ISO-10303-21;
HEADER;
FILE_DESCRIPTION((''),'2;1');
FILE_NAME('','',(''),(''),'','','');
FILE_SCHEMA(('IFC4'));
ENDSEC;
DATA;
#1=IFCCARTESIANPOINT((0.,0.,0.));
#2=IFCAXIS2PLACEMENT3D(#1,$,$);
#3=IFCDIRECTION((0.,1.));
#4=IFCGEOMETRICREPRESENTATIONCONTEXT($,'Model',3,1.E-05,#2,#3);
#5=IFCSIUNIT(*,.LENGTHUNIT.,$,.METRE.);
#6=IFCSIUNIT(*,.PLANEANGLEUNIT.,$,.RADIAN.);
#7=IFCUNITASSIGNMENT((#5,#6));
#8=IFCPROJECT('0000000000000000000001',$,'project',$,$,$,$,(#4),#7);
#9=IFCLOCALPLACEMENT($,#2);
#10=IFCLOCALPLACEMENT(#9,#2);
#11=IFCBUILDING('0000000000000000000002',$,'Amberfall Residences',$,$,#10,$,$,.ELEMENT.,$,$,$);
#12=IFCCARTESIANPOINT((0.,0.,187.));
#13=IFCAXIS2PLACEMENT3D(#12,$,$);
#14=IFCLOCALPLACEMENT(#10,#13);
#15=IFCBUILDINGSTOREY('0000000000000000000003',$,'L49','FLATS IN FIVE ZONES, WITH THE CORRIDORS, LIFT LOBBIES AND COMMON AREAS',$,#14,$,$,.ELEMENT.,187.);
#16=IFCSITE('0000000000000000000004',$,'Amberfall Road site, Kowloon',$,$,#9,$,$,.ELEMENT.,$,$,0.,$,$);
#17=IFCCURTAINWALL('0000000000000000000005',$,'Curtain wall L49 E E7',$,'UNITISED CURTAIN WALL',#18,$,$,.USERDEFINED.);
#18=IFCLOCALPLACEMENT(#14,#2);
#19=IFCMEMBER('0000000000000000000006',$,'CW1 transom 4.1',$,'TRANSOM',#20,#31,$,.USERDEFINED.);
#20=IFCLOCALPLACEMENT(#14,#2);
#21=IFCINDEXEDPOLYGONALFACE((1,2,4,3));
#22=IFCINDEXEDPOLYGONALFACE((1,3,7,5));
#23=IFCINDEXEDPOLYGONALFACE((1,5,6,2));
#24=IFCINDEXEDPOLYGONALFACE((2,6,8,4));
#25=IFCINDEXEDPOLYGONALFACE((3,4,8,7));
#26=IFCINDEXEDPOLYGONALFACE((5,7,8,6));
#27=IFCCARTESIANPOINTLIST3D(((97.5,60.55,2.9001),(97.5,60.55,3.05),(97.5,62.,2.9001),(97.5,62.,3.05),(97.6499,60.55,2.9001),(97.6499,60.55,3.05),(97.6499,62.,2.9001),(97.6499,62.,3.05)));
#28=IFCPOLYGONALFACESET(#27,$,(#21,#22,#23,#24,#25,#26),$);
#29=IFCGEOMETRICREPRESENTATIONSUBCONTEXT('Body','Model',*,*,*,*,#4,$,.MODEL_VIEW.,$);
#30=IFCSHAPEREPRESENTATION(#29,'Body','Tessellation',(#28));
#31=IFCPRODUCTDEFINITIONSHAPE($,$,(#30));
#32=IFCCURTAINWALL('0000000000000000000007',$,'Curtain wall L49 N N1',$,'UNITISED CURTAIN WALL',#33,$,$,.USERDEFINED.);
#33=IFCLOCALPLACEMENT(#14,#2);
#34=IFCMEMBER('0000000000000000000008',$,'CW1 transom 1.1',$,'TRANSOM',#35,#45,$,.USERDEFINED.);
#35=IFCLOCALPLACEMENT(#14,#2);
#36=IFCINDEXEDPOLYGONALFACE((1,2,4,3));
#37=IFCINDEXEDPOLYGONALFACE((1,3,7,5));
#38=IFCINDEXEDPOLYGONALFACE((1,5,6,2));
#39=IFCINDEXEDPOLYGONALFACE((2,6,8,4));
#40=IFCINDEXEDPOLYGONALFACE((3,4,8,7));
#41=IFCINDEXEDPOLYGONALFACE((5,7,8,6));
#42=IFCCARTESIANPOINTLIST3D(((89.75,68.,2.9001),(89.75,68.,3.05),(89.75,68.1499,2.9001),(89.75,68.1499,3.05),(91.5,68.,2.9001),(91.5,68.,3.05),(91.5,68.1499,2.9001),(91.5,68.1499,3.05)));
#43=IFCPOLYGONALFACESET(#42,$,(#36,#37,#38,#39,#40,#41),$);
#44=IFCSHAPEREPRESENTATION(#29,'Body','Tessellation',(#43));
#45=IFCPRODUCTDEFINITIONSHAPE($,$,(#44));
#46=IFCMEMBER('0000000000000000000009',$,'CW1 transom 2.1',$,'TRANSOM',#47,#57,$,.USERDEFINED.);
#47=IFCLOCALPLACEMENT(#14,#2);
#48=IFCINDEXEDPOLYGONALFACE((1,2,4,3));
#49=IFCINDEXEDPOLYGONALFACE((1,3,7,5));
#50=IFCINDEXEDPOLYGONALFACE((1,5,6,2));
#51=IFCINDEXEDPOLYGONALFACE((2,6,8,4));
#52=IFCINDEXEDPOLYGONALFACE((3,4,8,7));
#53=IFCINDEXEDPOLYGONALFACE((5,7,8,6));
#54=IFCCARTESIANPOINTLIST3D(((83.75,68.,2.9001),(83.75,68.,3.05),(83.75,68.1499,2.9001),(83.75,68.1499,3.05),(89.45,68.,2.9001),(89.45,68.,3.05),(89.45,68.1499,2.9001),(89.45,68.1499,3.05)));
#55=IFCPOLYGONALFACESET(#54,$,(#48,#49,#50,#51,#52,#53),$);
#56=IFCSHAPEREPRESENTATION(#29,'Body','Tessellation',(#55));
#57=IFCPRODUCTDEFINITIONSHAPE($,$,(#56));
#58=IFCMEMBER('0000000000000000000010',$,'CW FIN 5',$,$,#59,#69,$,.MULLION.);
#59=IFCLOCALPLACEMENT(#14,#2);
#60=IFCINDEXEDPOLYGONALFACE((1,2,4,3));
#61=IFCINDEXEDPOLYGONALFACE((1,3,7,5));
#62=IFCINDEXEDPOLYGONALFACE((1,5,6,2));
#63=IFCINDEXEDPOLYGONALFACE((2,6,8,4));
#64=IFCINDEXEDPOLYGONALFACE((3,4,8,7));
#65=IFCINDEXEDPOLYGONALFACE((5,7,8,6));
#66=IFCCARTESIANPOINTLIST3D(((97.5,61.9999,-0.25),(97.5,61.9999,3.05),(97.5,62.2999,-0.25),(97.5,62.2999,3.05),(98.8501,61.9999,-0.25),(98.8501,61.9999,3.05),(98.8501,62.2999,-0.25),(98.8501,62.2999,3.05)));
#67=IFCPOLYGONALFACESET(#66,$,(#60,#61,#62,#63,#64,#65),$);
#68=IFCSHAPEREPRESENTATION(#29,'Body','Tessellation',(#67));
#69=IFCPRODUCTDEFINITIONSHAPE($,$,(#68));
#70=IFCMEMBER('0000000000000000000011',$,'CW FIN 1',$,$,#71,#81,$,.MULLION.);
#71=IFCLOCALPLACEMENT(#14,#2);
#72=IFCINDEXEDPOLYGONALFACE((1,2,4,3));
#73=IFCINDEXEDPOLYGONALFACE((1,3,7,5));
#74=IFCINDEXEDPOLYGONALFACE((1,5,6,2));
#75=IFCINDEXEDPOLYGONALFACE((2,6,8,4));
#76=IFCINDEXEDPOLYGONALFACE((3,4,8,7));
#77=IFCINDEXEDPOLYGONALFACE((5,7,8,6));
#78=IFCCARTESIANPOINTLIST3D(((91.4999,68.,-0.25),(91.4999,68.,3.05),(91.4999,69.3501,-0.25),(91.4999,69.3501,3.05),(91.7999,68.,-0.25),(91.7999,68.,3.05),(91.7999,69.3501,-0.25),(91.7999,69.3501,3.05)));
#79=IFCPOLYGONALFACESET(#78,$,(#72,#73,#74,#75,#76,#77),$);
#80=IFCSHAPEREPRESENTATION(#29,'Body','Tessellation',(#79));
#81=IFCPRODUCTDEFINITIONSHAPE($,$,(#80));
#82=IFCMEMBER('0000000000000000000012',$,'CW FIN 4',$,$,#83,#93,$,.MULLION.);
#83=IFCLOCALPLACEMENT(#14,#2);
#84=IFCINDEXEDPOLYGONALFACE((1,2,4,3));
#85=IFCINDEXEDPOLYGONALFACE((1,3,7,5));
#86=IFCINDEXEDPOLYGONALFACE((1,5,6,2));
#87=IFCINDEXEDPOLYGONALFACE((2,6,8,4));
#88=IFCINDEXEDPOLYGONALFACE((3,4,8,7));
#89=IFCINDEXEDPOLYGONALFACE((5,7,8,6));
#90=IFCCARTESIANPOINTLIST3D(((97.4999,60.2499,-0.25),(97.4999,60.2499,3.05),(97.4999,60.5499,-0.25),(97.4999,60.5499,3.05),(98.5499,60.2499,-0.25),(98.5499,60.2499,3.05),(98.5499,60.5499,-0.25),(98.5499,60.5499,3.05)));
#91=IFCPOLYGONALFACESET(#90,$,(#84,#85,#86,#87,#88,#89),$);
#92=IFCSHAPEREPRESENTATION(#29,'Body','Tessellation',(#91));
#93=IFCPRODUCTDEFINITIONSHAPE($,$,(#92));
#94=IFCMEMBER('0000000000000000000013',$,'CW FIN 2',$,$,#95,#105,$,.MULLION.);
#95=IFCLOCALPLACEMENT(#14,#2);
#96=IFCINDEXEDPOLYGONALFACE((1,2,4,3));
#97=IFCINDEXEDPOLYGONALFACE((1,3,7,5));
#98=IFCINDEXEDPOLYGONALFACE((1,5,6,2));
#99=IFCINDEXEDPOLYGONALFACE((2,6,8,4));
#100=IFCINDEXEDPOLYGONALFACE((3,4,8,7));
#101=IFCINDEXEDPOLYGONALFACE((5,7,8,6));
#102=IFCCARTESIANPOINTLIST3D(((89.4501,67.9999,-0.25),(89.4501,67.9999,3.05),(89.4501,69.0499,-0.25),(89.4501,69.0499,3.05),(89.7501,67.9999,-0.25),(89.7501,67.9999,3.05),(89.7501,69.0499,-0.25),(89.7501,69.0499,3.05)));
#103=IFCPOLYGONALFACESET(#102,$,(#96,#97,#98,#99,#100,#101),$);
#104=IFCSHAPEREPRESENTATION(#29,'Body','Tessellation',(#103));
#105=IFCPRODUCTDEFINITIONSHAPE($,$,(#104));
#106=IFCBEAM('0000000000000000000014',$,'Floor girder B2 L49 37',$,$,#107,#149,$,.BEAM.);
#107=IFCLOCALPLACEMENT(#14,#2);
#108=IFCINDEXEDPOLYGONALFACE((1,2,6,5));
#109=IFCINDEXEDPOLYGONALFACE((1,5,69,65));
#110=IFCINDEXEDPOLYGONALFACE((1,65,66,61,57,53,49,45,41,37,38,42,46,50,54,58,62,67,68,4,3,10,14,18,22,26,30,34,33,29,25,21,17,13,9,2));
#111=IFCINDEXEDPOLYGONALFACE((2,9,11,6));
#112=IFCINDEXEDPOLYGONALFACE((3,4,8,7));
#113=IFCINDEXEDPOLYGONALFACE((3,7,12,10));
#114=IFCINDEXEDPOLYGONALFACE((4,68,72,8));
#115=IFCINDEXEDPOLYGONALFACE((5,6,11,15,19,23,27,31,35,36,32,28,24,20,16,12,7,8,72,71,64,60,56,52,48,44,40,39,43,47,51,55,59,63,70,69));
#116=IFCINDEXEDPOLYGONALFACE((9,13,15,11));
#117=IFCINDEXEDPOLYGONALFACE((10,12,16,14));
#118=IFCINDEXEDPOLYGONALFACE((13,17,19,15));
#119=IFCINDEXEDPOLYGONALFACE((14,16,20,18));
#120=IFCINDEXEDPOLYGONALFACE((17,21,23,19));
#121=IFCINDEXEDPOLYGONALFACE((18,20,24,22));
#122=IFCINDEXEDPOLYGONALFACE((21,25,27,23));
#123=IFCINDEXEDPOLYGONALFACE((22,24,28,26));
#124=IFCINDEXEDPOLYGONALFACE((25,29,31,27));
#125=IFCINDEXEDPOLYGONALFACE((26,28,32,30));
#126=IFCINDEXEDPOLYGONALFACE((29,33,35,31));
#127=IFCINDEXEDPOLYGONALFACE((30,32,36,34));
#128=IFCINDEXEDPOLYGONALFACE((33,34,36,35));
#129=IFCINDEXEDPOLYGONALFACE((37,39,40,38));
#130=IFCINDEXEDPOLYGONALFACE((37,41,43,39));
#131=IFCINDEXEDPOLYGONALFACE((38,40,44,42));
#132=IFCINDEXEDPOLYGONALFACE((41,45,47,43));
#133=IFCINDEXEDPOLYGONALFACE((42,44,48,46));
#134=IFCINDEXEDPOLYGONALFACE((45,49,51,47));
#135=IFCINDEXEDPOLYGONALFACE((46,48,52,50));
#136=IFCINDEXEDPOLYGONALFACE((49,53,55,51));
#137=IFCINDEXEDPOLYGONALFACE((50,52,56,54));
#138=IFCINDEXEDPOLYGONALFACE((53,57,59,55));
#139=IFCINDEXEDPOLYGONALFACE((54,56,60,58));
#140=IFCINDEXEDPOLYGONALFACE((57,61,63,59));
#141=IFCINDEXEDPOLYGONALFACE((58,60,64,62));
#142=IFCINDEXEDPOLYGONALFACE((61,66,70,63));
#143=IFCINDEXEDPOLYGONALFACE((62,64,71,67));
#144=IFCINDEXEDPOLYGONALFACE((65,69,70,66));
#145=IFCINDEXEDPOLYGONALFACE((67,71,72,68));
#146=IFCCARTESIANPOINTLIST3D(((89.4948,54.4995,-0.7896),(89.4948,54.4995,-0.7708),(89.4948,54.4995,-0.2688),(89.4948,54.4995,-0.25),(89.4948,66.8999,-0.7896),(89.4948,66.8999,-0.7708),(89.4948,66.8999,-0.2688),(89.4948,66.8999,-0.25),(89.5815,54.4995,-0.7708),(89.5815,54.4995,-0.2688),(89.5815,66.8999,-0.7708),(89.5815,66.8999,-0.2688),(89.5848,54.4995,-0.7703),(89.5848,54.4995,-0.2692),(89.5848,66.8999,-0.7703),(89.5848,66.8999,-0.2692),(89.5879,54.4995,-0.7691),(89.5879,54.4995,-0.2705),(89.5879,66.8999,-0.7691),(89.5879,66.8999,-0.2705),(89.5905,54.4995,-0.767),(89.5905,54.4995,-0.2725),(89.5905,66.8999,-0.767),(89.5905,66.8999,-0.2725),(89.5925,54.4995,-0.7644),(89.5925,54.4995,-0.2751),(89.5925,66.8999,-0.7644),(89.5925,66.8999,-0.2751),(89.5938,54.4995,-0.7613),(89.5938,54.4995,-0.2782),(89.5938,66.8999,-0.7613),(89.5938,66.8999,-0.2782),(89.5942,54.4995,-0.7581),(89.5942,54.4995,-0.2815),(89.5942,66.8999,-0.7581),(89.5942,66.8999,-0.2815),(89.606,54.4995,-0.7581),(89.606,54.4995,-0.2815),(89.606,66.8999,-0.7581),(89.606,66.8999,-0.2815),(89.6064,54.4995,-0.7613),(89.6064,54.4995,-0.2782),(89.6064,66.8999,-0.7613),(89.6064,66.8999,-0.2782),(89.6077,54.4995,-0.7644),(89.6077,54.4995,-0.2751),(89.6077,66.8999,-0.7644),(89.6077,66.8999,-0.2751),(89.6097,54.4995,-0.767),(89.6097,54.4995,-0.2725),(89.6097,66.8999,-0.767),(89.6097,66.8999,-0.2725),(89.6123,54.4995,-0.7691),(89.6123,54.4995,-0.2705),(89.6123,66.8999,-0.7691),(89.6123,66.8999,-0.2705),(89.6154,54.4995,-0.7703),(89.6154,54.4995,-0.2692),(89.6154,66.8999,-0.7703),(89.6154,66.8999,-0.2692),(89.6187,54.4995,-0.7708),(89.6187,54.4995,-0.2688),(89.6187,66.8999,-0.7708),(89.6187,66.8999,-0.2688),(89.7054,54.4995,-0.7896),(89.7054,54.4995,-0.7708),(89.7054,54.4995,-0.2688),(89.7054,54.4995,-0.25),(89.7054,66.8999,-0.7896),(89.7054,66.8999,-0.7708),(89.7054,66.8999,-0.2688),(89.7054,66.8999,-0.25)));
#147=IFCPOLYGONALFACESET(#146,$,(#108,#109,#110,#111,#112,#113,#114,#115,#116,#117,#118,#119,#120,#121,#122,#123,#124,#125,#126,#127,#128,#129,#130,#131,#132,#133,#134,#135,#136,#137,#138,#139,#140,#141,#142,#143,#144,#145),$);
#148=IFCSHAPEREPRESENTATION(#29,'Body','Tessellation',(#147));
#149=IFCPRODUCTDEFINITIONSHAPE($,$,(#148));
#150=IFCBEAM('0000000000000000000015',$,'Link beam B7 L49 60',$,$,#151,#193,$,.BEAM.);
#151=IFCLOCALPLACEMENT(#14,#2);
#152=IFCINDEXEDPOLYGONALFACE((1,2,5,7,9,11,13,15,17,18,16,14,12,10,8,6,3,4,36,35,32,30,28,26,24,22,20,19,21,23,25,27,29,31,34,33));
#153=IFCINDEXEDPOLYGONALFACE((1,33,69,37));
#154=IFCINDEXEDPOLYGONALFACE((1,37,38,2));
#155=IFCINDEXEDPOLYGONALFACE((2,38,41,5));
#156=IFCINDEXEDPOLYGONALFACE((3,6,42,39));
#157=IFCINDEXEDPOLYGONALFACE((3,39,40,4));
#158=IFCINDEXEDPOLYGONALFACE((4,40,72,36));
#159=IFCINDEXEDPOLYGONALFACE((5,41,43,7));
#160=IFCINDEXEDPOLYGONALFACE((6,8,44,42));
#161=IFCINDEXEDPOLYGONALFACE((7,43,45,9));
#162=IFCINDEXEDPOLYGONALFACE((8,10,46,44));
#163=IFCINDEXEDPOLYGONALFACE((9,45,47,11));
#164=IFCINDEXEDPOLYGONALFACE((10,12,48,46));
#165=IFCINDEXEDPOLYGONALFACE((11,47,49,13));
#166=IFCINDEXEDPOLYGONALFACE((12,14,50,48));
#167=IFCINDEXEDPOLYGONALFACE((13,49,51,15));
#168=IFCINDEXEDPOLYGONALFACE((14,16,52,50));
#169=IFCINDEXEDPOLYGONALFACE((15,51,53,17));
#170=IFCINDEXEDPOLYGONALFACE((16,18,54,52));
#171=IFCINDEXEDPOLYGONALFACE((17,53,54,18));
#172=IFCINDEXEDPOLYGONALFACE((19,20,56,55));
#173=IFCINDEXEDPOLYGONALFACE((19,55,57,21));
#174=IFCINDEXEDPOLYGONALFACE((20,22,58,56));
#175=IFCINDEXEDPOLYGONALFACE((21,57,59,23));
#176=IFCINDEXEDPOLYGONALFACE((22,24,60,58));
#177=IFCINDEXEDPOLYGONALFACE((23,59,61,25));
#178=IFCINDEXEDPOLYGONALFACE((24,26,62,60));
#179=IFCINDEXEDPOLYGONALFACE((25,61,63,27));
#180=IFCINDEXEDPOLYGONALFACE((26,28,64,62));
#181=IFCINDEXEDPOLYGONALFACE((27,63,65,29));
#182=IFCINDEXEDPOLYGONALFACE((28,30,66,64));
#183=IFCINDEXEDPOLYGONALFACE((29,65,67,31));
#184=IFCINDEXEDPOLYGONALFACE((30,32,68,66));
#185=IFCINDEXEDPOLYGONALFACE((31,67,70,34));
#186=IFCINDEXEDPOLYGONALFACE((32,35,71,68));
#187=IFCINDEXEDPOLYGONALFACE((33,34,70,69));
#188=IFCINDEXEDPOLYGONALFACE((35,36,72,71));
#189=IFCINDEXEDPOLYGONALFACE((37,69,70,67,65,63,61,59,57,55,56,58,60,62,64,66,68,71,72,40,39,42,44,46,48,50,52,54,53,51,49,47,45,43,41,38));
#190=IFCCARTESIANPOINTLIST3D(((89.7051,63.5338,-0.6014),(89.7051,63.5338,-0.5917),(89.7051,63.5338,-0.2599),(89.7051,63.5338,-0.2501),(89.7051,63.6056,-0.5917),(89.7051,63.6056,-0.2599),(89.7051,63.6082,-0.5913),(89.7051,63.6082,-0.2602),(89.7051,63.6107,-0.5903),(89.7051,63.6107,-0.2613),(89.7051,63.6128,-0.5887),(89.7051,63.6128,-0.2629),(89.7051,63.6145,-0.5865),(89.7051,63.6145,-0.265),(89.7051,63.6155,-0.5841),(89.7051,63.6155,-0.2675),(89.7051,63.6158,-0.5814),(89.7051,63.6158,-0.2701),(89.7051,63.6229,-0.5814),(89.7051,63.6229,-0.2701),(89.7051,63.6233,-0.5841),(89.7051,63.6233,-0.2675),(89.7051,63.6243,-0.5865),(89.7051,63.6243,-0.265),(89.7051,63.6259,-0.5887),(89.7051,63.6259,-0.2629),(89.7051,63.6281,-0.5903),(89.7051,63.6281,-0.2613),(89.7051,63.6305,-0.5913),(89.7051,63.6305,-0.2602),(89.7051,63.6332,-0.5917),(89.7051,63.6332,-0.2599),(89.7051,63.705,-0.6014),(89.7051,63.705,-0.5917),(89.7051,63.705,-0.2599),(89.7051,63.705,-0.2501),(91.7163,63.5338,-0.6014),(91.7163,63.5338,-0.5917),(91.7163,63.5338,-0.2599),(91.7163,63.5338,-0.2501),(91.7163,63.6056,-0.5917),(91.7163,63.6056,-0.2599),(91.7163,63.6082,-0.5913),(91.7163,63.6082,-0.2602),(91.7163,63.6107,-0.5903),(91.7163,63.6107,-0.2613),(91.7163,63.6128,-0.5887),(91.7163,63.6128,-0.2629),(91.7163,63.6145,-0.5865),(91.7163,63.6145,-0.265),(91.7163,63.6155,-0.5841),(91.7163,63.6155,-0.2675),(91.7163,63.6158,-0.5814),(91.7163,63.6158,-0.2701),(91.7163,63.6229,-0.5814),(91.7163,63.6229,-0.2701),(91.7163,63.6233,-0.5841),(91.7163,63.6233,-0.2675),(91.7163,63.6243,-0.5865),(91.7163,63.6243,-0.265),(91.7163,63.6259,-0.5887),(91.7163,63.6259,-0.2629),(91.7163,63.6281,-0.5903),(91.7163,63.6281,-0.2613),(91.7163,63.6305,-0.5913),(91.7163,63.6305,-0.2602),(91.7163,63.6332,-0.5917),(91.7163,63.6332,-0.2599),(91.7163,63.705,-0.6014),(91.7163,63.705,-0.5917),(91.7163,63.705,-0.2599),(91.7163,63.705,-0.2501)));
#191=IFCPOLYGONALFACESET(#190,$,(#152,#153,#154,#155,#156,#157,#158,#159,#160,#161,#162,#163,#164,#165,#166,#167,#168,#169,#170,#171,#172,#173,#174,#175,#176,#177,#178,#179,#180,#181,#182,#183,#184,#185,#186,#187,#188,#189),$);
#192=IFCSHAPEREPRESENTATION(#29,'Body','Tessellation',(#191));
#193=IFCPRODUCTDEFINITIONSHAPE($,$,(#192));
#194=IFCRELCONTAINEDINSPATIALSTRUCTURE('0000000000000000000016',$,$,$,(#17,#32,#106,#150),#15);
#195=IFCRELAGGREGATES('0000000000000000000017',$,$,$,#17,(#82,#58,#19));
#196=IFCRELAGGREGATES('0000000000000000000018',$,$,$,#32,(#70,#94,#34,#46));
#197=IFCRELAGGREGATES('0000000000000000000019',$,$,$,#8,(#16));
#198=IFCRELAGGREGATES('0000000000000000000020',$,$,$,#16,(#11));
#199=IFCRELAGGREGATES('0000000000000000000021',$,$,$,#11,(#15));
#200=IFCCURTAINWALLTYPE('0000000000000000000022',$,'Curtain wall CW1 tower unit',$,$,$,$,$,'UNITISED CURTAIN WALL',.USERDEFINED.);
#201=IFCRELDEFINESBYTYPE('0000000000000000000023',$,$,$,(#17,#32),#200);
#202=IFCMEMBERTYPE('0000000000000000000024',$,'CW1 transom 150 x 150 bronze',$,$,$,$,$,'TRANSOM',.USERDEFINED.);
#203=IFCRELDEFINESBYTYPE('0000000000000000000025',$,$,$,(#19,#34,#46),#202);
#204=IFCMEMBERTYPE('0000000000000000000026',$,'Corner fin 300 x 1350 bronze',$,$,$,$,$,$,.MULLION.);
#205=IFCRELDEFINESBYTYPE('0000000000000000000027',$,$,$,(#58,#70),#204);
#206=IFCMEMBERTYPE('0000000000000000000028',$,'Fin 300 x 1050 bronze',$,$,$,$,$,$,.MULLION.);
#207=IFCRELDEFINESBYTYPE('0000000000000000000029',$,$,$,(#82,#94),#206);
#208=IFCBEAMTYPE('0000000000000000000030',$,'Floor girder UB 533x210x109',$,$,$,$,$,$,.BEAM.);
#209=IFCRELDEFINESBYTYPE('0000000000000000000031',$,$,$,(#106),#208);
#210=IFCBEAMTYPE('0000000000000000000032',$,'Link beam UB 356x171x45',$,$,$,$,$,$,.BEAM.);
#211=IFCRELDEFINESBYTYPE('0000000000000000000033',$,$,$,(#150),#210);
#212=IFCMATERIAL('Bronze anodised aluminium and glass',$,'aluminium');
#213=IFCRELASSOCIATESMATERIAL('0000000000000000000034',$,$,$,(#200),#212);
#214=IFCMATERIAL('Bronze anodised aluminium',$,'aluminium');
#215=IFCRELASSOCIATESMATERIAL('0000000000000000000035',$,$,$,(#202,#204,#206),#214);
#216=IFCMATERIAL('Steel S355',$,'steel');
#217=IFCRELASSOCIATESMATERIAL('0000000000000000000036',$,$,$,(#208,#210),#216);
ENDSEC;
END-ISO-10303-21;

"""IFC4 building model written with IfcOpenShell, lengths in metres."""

from ifc_helpers import new_model, si_unit, direction, frame, origin, origin_2d, place, context, subcontext, project, spatial, rectangle, i_section, extrude, material, material_profile, profile_set, type_object, element, aggregate, save


model = new_model("IFC4")

# Units and contexts
model_context = context("Model", 3, precision=1e-05, world=origin(), true_north=direction((0.0, 1.0)))
body_context = subcontext(model_context, "Body", "Model", "MODEL_VIEW")
ifc_project = project(units=[si_unit("LENGTHUNIT", "METRE"), si_unit("PLANEANGLEUNIT", "RADIAN")], contexts=[model_context])

# Site, building, storey
site_placement = place(None, origin())
site = spatial("IfcSite", under=ifc_project, at=site_placement, Name="Amberfall Road site, Kowloon", CompositionType="ELEMENT", RefElevation=0.0)
building_placement = place(site_placement, origin())
building = spatial("IfcBuilding", under=site, at=building_placement, Name="Amberfall Residences", CompositionType="ELEMENT")
storey_placement = place(building_placement, frame((0.0, 0.0, 187.0)))
storey = spatial("IfcBuildingStorey", under=building, at=storey_placement, Name="L49", Description="FLATS IN FIVE ZONES, WITH THE CORRIDORS, LIFT LOBBIES AND COMMON AREAS", CompositionType="ELEMENT", Elevation=187.0)

# Shared definitions
ifc_material_1 = material(Name="Steel S355", Category="steel")

# Curtain wall, member
ifc_material_2 = material(Name="Bronze anodised aluminium and glass", Category="aluminium")
curtain_wall_type = type_object("IfcCurtainWallType", Name="Curtain wall CW1 tower unit", ElementType="UNITISED CURTAIN WALL", PredefinedType="USERDEFINED", material=ifc_material_2)
curtain_wall_1_placement = place(storey_placement, origin())
curtain_wall_1 = element("IfcCurtainWall", 1, at=curtain_wall_1_placement, inside=storey, type_object=curtain_wall_type, Name="Curtain wall L49 E E7", ObjectType="UNITISED CURTAIN WALL", PredefinedType="USERDEFINED")
ifc_material_3 = material(Name="Bronze anodised aluminium", Category="aluminium")
ifc_material_profile_1 = material_profile(ifc_material_3, rectangle(XDim=0.1499, YDim=0.1499, at=origin_2d()), Name="CW1 transom 150 x 150 bronze")
ifc_profile_set_1 = profile_set([ifc_material_profile_1], Name="Bronze anodised aluminium")
member_type_1 = type_object("IfcMemberType", Name="CW1 transom 150 x 150 bronze", ElementType="TRANSOM", PredefinedType="USERDEFINED", material=ifc_profile_set_1)
member_1_placement = place(storey_placement, frame((97.575, 60.55, 2.9751), z_axis=(0.0, 1.0, 0.0), x_axis=(-1.0, 0.0, 0.0)))
member_1 = element("IfcMember", 2, at=member_1_placement, type_object=member_type_1, Name="CW1 transom 4.1", ObjectType="TRANSOM", PredefinedType="USERDEFINED", context=body_context, shape_type="SweptSolid", body=[
    extrude(rectangle(XDim=0.1499, YDim=0.1499, at=origin_2d()), origin(), (0.0, 0.0, 1.0), 1.45),
])

# Curtain wall, members
curtain_wall_2_placement = place(storey_placement, origin())
curtain_wall_2 = element("IfcCurtainWall", 3, at=curtain_wall_2_placement, inside=storey, type_object=curtain_wall_type, Name="Curtain wall L49 N N1", ObjectType="UNITISED CURTAIN WALL", PredefinedType="USERDEFINED")
member_2_placement = place(storey_placement, frame((91.5, 68.075, 2.9751), z_axis=(-1.0, 0.0, 0.0), x_axis=(0.0, -1.0, 0.0)))
member_2 = element("IfcMember", 4, at=member_2_placement, type_object=member_type_1, Name="CW1 transom 1.1", ObjectType="TRANSOM", PredefinedType="USERDEFINED", context=body_context, shape_type="SweptSolid", body=[
    extrude(rectangle(XDim=0.1499, YDim=0.1499, at=origin_2d()), origin(), (0.0, 0.0, 1.0), 1.75),
])
member_3_placement = place(storey_placement, frame((89.45, 68.075, 2.9751), z_axis=(-1.0, 0.0, 0.0), x_axis=(0.0, -1.0, 0.0)))
member_3 = element("IfcMember", 5, at=member_3_placement, type_object=member_type_1, Name="CW1 transom 2.1", ObjectType="TRANSOM", PredefinedType="USERDEFINED", context=body_context, shape_type="SweptSolid", body=[
    extrude(rectangle(XDim=0.1499, YDim=0.1499, at=origin_2d()), origin(), (0.0, 0.0, 1.0), 5.7),
])

# Members
ifc_material_profile_2 = material_profile(ifc_material_3, rectangle(XDim=1.3501, YDim=0.3, at=origin_2d()), Name="Corner fin 300 x 1350 bronze")
ifc_profile_set_2 = profile_set([ifc_material_profile_2], Name="Bronze anodised aluminium")
member_type_2 = type_object("IfcMemberType", Name="Corner fin 300 x 1350 bronze", PredefinedType="MULLION", material=ifc_profile_set_2)
member_4_placement = place(storey_placement, frame((98.175, 62.1499, -0.25), z_axis=(0.0, 0.0, 1.0), x_axis=(-1.0, 0.0, 0.0)))
member_4 = element("IfcMember", 6, at=member_4_placement, type_object=member_type_2, Name="CW FIN 5", PredefinedType="MULLION", context=body_context, shape_type="SweptSolid", body=[
    extrude(rectangle(XDim=1.3501, YDim=0.3, at=origin_2d()), origin(), (0.0, 0.0, 1.0), 3.3),
])
member_5_placement = place(storey_placement, frame((91.6499, 68.675, -0.25), z_axis=(0.0, 0.0, 1.0), x_axis=(0.0, -1.0, 0.0)))
member_5 = element("IfcMember", 7, at=member_5_placement, type_object=member_type_2, Name="CW FIN 1", PredefinedType="MULLION", context=body_context, shape_type="SweptSolid", body=[
    extrude(rectangle(XDim=1.3501, YDim=0.3, at=origin_2d()), origin(), (0.0, 0.0, 1.0), 3.3),
])
ifc_material_profile_3 = material_profile(ifc_material_3, rectangle(XDim=1.05, YDim=0.3, at=origin_2d()), Name="Fin 300 x 1050 bronze")
ifc_profile_set_3 = profile_set([ifc_material_profile_3], Name="Bronze anodised aluminium")
member_type_3 = type_object("IfcMemberType", Name="Fin 300 x 1050 bronze", PredefinedType="MULLION", material=ifc_profile_set_3)
member_6_placement = place(storey_placement, frame((98.0249, 60.3999, -0.25), z_axis=(0.0, 0.0, 1.0), x_axis=(-1.0, 0.0, 0.0)))
member_6 = element("IfcMember", 8, at=member_6_placement, type_object=member_type_3, Name="CW FIN 4", PredefinedType="MULLION", context=body_context, shape_type="SweptSolid", body=[
    extrude(rectangle(XDim=1.05, YDim=0.3, at=origin_2d()), origin(), (0.0, 0.0, 1.0), 3.3),
])
member_7_placement = place(storey_placement, frame((89.6001, 68.5249, -0.25), z_axis=(0.0, 0.0, 1.0), x_axis=(0.0, -1.0, 0.0)))
member_7 = element("IfcMember", 9, at=member_7_placement, type_object=member_type_3, Name="CW FIN 2", PredefinedType="MULLION", context=body_context, shape_type="SweptSolid", body=[
    extrude(rectangle(XDim=1.05, YDim=0.3, at=origin_2d()), origin(), (0.0, 0.0, 1.0), 3.3),
])

# Beams
ifc_material_profile_4 = material_profile(ifc_material_1, i_section(OverallWidth=0.2107, OverallDepth=0.5396, WebThickness=0.0117, FlangeThickness=0.0188, FilletRadius=0.0127, at=origin_2d()), Name="UB 533x210x109")
ifc_profile_set_4 = profile_set([ifc_material_profile_4], Name="Steel S355")
beam_type_1 = type_object("IfcBeamType", Name="Floor girder UB 533x210x109", PredefinedType="BEAM", material=ifc_profile_set_4)
beam_1_placement = place(storey_placement, frame((89.6001, 66.8999, -0.5198), z_axis=(0.0, -1.0, 0.0), x_axis=(1.0, 0.0, 0.0)))
element("IfcBeam", 10, at=beam_1_placement, inside=storey, type_object=beam_type_1, Name="Floor girder B2 L49 37", PredefinedType="BEAM", context=body_context, shape_type="SweptSolid", body=[
    extrude(i_section(OverallWidth=0.2107, OverallDepth=0.5396, WebThickness=0.0117, FlangeThickness=0.0188, FilletRadius=0.0127, at=origin_2d()), origin(), (0.0, 0.0, 1.0), 12.4004),
])
ifc_material_profile_5 = material_profile(ifc_material_1, i_section(OverallWidth=0.1711, OverallDepth=0.3513, WebThickness=0.0071, FlangeThickness=0.0098, FilletRadius=0.0103, at=origin_2d()), Name="UB 356x171x45")
ifc_profile_set_5 = profile_set([ifc_material_profile_5], Name="Steel S355")
beam_type_2 = type_object("IfcBeamType", Name="Link beam UB 356x171x45", PredefinedType="BEAM", material=ifc_profile_set_5)
beam_2_placement = place(storey_placement, frame((91.7163, 63.6194, -0.4258), z_axis=(-1.0, 0.0, 0.0), x_axis=(0.0, -1.0, 0.0)))
element("IfcBeam", 11, at=beam_2_placement, inside=storey, type_object=beam_type_2, Name="Link beam B7 L49 60", PredefinedType="BEAM", context=body_context, shape_type="SweptSolid", body=[
    extrude(i_section(OverallWidth=0.1711, OverallDepth=0.3513, WebThickness=0.0071, FlangeThickness=0.0098, FilletRadius=0.0103, at=origin_2d()), origin(), (0.0, 0.0, 1.0), 2.0112),
])

aggregate(curtain_wall_1, [member_6, member_4, member_1])
aggregate(curtain_wall_2, [member_5, member_7, member_2, member_3])

save(model, "model.ifc")
